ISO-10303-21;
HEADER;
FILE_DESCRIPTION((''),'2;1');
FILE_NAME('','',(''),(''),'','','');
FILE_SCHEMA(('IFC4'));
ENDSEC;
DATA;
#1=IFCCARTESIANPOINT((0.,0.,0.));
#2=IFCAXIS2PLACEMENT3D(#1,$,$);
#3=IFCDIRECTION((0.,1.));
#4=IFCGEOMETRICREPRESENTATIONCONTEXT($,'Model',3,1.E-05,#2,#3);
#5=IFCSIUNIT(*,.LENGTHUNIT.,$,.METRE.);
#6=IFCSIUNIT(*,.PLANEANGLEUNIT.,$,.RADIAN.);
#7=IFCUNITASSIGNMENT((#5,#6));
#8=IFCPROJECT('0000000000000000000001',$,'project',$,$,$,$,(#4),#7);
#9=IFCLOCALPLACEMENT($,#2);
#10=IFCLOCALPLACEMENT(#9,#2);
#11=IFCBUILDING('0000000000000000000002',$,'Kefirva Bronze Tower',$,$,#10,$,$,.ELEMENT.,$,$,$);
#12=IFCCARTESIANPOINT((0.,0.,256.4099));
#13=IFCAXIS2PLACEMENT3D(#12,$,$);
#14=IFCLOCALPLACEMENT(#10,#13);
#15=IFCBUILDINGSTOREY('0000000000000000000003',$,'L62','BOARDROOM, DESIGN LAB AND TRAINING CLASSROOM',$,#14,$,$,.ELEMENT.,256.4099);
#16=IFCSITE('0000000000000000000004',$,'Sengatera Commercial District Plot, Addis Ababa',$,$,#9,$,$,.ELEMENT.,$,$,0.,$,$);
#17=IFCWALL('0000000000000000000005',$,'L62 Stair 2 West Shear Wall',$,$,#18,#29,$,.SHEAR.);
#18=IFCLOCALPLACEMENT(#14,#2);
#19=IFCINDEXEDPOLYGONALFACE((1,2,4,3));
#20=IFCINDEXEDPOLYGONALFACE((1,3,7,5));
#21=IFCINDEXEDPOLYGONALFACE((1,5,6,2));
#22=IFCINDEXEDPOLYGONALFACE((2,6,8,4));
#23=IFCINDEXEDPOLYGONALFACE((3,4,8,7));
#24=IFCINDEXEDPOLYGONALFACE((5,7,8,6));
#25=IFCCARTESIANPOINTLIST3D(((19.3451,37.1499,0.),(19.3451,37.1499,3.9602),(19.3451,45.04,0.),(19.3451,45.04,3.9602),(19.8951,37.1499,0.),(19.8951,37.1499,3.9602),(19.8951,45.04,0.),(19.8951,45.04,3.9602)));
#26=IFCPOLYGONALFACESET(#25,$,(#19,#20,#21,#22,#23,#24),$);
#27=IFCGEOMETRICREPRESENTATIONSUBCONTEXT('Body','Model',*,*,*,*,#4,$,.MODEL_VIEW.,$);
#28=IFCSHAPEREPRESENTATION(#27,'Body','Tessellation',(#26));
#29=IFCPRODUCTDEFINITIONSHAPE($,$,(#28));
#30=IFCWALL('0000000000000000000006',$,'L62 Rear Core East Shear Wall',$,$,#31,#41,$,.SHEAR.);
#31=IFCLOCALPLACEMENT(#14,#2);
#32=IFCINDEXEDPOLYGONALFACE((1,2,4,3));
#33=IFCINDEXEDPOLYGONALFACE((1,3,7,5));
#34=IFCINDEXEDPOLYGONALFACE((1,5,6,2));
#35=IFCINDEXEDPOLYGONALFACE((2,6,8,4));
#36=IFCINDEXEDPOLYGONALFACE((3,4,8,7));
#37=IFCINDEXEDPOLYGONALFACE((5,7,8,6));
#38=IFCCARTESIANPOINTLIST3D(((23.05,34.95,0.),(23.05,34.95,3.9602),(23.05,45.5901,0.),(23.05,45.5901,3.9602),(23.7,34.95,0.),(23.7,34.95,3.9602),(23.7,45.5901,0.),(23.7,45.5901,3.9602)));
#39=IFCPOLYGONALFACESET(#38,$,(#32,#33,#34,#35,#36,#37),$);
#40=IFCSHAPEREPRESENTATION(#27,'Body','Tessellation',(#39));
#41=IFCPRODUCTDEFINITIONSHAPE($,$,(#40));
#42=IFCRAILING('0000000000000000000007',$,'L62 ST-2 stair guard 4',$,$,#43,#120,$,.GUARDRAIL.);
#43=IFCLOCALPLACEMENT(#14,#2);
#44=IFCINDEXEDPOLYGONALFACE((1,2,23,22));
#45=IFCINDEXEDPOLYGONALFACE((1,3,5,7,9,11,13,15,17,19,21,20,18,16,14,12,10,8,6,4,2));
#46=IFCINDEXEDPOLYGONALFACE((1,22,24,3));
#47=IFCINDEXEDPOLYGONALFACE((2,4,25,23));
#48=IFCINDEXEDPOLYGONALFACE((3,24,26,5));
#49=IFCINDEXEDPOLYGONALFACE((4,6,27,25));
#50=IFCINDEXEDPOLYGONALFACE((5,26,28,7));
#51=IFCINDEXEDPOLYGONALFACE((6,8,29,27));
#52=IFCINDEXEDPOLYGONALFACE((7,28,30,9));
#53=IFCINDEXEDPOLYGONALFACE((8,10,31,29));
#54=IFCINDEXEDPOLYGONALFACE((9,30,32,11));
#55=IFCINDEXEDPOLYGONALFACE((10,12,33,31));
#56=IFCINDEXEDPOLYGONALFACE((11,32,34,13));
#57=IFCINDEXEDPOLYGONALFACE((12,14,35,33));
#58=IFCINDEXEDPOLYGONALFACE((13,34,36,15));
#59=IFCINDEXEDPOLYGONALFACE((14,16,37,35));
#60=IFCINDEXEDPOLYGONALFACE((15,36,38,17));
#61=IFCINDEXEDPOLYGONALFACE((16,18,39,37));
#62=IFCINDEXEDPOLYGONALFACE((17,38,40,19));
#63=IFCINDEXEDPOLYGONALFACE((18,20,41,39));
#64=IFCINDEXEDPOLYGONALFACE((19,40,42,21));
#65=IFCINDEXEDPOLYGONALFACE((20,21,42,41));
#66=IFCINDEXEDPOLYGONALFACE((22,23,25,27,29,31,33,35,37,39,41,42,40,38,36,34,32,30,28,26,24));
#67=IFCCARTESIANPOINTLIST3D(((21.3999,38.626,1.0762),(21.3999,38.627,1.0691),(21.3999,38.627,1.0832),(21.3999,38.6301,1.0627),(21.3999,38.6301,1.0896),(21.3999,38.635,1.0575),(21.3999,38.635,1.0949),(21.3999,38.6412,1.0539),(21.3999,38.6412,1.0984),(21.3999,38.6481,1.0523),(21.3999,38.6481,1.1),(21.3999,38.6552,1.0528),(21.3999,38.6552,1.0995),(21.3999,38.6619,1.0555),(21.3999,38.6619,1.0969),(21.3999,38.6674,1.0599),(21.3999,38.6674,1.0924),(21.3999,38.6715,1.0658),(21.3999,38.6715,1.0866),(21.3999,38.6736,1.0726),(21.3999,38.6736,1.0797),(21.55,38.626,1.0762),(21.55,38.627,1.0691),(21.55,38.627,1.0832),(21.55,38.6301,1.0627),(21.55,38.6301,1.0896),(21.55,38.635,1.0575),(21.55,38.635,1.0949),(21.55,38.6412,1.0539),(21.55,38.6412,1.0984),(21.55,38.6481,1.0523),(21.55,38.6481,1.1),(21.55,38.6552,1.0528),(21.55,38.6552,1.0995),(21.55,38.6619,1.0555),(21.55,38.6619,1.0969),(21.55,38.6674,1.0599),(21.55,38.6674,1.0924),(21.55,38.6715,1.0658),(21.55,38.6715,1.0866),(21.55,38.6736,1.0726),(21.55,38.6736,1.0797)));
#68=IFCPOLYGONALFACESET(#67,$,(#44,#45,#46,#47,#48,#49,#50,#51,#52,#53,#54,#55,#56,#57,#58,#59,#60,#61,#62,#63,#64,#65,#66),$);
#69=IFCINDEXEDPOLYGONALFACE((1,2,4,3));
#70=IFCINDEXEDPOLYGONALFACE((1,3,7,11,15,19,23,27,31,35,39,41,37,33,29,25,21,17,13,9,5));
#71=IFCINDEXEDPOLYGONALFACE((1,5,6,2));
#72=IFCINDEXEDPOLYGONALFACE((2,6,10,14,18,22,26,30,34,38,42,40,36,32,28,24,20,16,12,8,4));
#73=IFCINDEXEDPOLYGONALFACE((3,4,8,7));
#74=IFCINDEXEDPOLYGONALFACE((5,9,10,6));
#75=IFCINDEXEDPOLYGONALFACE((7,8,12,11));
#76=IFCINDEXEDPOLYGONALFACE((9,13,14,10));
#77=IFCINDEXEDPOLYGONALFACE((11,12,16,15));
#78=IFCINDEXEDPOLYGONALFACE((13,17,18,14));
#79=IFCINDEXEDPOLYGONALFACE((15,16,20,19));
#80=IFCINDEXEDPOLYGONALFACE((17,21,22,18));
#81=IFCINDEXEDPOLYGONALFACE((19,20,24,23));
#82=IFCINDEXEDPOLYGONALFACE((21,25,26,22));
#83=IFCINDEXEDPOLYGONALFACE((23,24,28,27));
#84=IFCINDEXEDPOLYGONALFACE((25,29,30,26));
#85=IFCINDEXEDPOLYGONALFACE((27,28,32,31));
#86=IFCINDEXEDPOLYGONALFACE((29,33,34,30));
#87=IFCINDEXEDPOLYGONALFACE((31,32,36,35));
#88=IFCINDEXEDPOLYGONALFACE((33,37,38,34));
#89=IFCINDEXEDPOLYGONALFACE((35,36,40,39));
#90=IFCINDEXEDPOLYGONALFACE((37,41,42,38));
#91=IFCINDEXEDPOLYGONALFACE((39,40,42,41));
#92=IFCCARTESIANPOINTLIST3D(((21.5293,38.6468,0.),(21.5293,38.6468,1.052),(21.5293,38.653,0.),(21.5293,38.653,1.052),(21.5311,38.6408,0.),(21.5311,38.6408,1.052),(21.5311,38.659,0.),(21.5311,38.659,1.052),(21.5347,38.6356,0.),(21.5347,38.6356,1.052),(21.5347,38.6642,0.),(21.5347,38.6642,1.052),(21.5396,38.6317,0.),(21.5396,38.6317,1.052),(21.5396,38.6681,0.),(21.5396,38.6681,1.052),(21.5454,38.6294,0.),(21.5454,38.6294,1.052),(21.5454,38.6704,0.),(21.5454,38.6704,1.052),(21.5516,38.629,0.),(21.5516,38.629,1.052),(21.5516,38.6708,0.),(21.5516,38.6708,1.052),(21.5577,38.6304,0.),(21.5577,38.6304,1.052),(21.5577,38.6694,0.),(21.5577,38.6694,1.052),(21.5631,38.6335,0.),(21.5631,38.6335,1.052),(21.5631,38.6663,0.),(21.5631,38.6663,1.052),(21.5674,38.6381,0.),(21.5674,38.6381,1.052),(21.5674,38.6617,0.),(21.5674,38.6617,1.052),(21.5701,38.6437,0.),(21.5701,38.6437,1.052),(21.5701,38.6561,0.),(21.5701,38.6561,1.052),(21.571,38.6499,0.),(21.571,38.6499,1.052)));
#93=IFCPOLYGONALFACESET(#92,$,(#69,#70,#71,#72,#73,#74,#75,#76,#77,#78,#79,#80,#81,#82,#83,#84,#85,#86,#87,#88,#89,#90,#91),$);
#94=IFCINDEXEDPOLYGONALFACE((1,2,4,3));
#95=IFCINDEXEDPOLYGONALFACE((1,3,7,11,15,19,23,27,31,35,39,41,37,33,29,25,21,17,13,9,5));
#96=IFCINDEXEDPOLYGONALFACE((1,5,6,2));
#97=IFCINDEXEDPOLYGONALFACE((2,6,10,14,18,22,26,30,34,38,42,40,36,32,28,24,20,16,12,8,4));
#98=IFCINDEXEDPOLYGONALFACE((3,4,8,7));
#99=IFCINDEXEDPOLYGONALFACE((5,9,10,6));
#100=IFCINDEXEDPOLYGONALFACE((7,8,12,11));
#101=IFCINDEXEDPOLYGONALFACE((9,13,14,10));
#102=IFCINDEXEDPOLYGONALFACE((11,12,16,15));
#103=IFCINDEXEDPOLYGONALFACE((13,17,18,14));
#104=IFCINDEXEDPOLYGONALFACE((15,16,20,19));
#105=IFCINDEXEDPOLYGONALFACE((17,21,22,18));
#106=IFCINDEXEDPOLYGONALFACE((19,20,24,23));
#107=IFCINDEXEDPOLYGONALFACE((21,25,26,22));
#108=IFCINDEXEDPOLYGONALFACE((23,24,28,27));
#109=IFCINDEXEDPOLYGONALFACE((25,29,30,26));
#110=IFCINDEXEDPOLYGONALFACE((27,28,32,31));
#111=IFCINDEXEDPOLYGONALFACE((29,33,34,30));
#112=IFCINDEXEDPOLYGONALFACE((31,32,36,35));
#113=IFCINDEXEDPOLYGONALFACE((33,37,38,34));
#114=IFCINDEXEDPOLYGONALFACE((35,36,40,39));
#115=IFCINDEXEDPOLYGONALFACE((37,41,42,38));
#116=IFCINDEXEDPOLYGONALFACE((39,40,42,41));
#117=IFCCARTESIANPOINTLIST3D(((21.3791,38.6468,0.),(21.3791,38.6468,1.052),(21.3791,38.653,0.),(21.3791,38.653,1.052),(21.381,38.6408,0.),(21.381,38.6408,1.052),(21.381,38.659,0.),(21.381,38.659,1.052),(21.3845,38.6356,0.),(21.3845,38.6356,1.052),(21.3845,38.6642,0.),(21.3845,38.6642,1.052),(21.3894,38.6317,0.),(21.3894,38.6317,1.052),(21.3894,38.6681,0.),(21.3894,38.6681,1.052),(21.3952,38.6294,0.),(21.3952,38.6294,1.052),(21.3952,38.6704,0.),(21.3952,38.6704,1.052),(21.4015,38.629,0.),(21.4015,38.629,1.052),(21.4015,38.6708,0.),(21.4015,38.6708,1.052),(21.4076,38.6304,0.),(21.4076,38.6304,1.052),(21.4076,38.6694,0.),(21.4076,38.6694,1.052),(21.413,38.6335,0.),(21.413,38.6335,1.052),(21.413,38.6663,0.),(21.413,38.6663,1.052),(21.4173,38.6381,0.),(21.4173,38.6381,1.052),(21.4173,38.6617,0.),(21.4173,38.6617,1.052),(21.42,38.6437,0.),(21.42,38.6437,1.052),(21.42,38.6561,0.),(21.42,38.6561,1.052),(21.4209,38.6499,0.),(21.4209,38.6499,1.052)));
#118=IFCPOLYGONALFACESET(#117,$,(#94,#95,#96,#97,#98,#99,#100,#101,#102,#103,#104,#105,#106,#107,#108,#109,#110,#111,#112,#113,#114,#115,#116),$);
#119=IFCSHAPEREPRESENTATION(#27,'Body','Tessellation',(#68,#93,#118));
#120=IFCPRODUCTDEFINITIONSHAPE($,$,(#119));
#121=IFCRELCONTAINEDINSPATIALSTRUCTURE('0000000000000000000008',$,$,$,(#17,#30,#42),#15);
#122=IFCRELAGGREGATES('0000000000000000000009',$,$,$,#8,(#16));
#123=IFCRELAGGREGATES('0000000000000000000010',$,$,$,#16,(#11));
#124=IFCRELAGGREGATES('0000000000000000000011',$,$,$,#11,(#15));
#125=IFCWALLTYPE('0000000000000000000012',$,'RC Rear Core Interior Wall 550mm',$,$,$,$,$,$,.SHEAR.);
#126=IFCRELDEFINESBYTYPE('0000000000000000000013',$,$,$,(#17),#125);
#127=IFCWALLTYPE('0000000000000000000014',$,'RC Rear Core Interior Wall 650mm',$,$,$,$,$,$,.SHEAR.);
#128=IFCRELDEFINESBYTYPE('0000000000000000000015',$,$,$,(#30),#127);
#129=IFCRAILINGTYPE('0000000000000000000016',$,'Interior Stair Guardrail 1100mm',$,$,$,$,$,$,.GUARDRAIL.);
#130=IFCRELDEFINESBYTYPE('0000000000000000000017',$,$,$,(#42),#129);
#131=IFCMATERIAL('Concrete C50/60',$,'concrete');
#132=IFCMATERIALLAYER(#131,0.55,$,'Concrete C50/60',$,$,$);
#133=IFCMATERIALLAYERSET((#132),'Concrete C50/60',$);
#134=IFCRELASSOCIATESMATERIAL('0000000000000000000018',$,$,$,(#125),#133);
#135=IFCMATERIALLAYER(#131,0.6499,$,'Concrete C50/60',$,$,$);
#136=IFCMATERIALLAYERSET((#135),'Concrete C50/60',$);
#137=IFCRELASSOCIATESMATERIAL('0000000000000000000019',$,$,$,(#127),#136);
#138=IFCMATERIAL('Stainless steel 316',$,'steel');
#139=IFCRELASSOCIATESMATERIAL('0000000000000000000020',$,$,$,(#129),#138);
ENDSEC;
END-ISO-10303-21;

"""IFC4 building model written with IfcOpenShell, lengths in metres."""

from ifc_helpers import new_model, si_unit, direction, frame, frame_2d, origin, origin_2d, place, context, subcontext, project, spatial, rectangle, circle, extrude, material, layer, layer_set, type_object, element, save


model = new_model("IFC4")

# Units and contexts
model_context = context("Model", 3, precision=1e-05, world=origin(), true_north=direction((0.0, 1.0)))
body_context = subcontext(model_context, "Body", "Model", "MODEL_VIEW")
ifc_project = project(units=[si_unit("LENGTHUNIT", "METRE"), si_unit("PLANEANGLEUNIT", "RADIAN")], contexts=[model_context])

# Site, building, storey
site_placement = place(None, origin())
site = spatial("IfcSite", under=ifc_project, at=site_placement, Name="Sengatera Commercial District Plot, Addis Ababa", CompositionType="ELEMENT", RefElevation=0.0)
building_placement = place(site_placement, origin())
building = spatial("IfcBuilding", under=site, at=building_placement, Name="Kefirva Bronze Tower", CompositionType="ELEMENT")
storey_placement = place(building_placement, frame((0.0, 0.0, 256.4099)))
storey = spatial("IfcBuildingStorey", under=building, at=storey_placement, Name="L62", Description="BOARDROOM, DESIGN LAB AND TRAINING CLASSROOM", CompositionType="ELEMENT", Elevation=256.4099)

# Shared definitions
ifc_material_1 = material(Name="Concrete C50/60", Category="concrete")

# Walls
ifc_layer_1 = layer(ifc_material_1, 0.55, Name="Concrete C50/60")
ifc_layer_set_1 = layer_set([ifc_layer_1], Name="Concrete C50/60")
wall_type_1 = type_object("IfcWallType", Name="RC Rear Core Interior Wall 550mm", PredefinedType="SHEAR", material=ifc_layer_set_1)
wall_1_placement = place(storey_placement, frame((19.6201, 37.1499, 0.0), z_axis=(0.0, 0.0, 1.0), x_axis=(0.0, 1.0, 0.0)))
element("IfcWall", 1, at=wall_1_placement, inside=storey, type_object=wall_type_1, Name="L62 Stair 2 West Shear Wall", PredefinedType="SHEAR", context=body_context, shape_type="SweptSolid", body=[
    extrude(rectangle(XDim=7.8901, YDim=0.55, at=frame_2d((3.9451, 0.0))), origin(), (0.0, 0.0, 1.0), 3.9602),
])
ifc_layer_2 = layer(ifc_material_1, 0.6499, Name="Concrete C50/60")
ifc_layer_set_2 = layer_set([ifc_layer_2], Name="Concrete C50/60")
wall_type_2 = type_object("IfcWallType", Name="RC Rear Core Interior Wall 650mm", PredefinedType="SHEAR", material=ifc_layer_set_2)
wall_2_placement = place(storey_placement, frame((23.375, 34.95, 0.0), z_axis=(0.0, 0.0, 1.0), x_axis=(0.0, 1.0, 0.0)))
element("IfcWall", 2, at=wall_2_placement, inside=storey, type_object=wall_type_2, Name="L62 Rear Core East Shear Wall", PredefinedType="SHEAR", context=body_context, shape_type="SweptSolid", body=[
    extrude(rectangle(XDim=10.6401, YDim=0.6499, at=frame_2d((5.3201, 0.0))), origin(), (0.0, 0.0, 1.0), 3.9602),
])

# Railing
ifc_material_2 = material(Name="Stainless steel 316", Category="steel")
railing_type = type_object("IfcRailingType", Name="Interior Stair Guardrail 1100mm", PredefinedType="GUARDRAIL", material=ifc_material_2)
railing_placement = place(storey_placement, frame((21.55, 38.6499, 0.0)))
element("IfcRailing", 3, at=railing_placement, inside=storey, type_object=railing_type, Name="L62 ST-2 stair guard 4", PredefinedType="GUARDRAIL", context=body_context, shape_type="SweptSolid", body=[
    extrude(circle(Radius=0.0239, at=origin_2d()), frame((0.0, 0.0, 1.0762), z_axis=(-1.0, 0.0, 0.0), x_axis=(0.0, -1.0, 0.0)), (0.0, 0.0, 1.0), 0.1501),
    extrude(circle(Radius=0.021, at=origin_2d()), origin(), (0.0, 0.0, 1.0), 1.052),
    extrude(circle(Radius=0.021, at=origin_2d()), frame((-0.1501, 0.0, 0.0)), (0.0, 0.0, 1.0), 1.052),
])

save(model, "model.ifc")
